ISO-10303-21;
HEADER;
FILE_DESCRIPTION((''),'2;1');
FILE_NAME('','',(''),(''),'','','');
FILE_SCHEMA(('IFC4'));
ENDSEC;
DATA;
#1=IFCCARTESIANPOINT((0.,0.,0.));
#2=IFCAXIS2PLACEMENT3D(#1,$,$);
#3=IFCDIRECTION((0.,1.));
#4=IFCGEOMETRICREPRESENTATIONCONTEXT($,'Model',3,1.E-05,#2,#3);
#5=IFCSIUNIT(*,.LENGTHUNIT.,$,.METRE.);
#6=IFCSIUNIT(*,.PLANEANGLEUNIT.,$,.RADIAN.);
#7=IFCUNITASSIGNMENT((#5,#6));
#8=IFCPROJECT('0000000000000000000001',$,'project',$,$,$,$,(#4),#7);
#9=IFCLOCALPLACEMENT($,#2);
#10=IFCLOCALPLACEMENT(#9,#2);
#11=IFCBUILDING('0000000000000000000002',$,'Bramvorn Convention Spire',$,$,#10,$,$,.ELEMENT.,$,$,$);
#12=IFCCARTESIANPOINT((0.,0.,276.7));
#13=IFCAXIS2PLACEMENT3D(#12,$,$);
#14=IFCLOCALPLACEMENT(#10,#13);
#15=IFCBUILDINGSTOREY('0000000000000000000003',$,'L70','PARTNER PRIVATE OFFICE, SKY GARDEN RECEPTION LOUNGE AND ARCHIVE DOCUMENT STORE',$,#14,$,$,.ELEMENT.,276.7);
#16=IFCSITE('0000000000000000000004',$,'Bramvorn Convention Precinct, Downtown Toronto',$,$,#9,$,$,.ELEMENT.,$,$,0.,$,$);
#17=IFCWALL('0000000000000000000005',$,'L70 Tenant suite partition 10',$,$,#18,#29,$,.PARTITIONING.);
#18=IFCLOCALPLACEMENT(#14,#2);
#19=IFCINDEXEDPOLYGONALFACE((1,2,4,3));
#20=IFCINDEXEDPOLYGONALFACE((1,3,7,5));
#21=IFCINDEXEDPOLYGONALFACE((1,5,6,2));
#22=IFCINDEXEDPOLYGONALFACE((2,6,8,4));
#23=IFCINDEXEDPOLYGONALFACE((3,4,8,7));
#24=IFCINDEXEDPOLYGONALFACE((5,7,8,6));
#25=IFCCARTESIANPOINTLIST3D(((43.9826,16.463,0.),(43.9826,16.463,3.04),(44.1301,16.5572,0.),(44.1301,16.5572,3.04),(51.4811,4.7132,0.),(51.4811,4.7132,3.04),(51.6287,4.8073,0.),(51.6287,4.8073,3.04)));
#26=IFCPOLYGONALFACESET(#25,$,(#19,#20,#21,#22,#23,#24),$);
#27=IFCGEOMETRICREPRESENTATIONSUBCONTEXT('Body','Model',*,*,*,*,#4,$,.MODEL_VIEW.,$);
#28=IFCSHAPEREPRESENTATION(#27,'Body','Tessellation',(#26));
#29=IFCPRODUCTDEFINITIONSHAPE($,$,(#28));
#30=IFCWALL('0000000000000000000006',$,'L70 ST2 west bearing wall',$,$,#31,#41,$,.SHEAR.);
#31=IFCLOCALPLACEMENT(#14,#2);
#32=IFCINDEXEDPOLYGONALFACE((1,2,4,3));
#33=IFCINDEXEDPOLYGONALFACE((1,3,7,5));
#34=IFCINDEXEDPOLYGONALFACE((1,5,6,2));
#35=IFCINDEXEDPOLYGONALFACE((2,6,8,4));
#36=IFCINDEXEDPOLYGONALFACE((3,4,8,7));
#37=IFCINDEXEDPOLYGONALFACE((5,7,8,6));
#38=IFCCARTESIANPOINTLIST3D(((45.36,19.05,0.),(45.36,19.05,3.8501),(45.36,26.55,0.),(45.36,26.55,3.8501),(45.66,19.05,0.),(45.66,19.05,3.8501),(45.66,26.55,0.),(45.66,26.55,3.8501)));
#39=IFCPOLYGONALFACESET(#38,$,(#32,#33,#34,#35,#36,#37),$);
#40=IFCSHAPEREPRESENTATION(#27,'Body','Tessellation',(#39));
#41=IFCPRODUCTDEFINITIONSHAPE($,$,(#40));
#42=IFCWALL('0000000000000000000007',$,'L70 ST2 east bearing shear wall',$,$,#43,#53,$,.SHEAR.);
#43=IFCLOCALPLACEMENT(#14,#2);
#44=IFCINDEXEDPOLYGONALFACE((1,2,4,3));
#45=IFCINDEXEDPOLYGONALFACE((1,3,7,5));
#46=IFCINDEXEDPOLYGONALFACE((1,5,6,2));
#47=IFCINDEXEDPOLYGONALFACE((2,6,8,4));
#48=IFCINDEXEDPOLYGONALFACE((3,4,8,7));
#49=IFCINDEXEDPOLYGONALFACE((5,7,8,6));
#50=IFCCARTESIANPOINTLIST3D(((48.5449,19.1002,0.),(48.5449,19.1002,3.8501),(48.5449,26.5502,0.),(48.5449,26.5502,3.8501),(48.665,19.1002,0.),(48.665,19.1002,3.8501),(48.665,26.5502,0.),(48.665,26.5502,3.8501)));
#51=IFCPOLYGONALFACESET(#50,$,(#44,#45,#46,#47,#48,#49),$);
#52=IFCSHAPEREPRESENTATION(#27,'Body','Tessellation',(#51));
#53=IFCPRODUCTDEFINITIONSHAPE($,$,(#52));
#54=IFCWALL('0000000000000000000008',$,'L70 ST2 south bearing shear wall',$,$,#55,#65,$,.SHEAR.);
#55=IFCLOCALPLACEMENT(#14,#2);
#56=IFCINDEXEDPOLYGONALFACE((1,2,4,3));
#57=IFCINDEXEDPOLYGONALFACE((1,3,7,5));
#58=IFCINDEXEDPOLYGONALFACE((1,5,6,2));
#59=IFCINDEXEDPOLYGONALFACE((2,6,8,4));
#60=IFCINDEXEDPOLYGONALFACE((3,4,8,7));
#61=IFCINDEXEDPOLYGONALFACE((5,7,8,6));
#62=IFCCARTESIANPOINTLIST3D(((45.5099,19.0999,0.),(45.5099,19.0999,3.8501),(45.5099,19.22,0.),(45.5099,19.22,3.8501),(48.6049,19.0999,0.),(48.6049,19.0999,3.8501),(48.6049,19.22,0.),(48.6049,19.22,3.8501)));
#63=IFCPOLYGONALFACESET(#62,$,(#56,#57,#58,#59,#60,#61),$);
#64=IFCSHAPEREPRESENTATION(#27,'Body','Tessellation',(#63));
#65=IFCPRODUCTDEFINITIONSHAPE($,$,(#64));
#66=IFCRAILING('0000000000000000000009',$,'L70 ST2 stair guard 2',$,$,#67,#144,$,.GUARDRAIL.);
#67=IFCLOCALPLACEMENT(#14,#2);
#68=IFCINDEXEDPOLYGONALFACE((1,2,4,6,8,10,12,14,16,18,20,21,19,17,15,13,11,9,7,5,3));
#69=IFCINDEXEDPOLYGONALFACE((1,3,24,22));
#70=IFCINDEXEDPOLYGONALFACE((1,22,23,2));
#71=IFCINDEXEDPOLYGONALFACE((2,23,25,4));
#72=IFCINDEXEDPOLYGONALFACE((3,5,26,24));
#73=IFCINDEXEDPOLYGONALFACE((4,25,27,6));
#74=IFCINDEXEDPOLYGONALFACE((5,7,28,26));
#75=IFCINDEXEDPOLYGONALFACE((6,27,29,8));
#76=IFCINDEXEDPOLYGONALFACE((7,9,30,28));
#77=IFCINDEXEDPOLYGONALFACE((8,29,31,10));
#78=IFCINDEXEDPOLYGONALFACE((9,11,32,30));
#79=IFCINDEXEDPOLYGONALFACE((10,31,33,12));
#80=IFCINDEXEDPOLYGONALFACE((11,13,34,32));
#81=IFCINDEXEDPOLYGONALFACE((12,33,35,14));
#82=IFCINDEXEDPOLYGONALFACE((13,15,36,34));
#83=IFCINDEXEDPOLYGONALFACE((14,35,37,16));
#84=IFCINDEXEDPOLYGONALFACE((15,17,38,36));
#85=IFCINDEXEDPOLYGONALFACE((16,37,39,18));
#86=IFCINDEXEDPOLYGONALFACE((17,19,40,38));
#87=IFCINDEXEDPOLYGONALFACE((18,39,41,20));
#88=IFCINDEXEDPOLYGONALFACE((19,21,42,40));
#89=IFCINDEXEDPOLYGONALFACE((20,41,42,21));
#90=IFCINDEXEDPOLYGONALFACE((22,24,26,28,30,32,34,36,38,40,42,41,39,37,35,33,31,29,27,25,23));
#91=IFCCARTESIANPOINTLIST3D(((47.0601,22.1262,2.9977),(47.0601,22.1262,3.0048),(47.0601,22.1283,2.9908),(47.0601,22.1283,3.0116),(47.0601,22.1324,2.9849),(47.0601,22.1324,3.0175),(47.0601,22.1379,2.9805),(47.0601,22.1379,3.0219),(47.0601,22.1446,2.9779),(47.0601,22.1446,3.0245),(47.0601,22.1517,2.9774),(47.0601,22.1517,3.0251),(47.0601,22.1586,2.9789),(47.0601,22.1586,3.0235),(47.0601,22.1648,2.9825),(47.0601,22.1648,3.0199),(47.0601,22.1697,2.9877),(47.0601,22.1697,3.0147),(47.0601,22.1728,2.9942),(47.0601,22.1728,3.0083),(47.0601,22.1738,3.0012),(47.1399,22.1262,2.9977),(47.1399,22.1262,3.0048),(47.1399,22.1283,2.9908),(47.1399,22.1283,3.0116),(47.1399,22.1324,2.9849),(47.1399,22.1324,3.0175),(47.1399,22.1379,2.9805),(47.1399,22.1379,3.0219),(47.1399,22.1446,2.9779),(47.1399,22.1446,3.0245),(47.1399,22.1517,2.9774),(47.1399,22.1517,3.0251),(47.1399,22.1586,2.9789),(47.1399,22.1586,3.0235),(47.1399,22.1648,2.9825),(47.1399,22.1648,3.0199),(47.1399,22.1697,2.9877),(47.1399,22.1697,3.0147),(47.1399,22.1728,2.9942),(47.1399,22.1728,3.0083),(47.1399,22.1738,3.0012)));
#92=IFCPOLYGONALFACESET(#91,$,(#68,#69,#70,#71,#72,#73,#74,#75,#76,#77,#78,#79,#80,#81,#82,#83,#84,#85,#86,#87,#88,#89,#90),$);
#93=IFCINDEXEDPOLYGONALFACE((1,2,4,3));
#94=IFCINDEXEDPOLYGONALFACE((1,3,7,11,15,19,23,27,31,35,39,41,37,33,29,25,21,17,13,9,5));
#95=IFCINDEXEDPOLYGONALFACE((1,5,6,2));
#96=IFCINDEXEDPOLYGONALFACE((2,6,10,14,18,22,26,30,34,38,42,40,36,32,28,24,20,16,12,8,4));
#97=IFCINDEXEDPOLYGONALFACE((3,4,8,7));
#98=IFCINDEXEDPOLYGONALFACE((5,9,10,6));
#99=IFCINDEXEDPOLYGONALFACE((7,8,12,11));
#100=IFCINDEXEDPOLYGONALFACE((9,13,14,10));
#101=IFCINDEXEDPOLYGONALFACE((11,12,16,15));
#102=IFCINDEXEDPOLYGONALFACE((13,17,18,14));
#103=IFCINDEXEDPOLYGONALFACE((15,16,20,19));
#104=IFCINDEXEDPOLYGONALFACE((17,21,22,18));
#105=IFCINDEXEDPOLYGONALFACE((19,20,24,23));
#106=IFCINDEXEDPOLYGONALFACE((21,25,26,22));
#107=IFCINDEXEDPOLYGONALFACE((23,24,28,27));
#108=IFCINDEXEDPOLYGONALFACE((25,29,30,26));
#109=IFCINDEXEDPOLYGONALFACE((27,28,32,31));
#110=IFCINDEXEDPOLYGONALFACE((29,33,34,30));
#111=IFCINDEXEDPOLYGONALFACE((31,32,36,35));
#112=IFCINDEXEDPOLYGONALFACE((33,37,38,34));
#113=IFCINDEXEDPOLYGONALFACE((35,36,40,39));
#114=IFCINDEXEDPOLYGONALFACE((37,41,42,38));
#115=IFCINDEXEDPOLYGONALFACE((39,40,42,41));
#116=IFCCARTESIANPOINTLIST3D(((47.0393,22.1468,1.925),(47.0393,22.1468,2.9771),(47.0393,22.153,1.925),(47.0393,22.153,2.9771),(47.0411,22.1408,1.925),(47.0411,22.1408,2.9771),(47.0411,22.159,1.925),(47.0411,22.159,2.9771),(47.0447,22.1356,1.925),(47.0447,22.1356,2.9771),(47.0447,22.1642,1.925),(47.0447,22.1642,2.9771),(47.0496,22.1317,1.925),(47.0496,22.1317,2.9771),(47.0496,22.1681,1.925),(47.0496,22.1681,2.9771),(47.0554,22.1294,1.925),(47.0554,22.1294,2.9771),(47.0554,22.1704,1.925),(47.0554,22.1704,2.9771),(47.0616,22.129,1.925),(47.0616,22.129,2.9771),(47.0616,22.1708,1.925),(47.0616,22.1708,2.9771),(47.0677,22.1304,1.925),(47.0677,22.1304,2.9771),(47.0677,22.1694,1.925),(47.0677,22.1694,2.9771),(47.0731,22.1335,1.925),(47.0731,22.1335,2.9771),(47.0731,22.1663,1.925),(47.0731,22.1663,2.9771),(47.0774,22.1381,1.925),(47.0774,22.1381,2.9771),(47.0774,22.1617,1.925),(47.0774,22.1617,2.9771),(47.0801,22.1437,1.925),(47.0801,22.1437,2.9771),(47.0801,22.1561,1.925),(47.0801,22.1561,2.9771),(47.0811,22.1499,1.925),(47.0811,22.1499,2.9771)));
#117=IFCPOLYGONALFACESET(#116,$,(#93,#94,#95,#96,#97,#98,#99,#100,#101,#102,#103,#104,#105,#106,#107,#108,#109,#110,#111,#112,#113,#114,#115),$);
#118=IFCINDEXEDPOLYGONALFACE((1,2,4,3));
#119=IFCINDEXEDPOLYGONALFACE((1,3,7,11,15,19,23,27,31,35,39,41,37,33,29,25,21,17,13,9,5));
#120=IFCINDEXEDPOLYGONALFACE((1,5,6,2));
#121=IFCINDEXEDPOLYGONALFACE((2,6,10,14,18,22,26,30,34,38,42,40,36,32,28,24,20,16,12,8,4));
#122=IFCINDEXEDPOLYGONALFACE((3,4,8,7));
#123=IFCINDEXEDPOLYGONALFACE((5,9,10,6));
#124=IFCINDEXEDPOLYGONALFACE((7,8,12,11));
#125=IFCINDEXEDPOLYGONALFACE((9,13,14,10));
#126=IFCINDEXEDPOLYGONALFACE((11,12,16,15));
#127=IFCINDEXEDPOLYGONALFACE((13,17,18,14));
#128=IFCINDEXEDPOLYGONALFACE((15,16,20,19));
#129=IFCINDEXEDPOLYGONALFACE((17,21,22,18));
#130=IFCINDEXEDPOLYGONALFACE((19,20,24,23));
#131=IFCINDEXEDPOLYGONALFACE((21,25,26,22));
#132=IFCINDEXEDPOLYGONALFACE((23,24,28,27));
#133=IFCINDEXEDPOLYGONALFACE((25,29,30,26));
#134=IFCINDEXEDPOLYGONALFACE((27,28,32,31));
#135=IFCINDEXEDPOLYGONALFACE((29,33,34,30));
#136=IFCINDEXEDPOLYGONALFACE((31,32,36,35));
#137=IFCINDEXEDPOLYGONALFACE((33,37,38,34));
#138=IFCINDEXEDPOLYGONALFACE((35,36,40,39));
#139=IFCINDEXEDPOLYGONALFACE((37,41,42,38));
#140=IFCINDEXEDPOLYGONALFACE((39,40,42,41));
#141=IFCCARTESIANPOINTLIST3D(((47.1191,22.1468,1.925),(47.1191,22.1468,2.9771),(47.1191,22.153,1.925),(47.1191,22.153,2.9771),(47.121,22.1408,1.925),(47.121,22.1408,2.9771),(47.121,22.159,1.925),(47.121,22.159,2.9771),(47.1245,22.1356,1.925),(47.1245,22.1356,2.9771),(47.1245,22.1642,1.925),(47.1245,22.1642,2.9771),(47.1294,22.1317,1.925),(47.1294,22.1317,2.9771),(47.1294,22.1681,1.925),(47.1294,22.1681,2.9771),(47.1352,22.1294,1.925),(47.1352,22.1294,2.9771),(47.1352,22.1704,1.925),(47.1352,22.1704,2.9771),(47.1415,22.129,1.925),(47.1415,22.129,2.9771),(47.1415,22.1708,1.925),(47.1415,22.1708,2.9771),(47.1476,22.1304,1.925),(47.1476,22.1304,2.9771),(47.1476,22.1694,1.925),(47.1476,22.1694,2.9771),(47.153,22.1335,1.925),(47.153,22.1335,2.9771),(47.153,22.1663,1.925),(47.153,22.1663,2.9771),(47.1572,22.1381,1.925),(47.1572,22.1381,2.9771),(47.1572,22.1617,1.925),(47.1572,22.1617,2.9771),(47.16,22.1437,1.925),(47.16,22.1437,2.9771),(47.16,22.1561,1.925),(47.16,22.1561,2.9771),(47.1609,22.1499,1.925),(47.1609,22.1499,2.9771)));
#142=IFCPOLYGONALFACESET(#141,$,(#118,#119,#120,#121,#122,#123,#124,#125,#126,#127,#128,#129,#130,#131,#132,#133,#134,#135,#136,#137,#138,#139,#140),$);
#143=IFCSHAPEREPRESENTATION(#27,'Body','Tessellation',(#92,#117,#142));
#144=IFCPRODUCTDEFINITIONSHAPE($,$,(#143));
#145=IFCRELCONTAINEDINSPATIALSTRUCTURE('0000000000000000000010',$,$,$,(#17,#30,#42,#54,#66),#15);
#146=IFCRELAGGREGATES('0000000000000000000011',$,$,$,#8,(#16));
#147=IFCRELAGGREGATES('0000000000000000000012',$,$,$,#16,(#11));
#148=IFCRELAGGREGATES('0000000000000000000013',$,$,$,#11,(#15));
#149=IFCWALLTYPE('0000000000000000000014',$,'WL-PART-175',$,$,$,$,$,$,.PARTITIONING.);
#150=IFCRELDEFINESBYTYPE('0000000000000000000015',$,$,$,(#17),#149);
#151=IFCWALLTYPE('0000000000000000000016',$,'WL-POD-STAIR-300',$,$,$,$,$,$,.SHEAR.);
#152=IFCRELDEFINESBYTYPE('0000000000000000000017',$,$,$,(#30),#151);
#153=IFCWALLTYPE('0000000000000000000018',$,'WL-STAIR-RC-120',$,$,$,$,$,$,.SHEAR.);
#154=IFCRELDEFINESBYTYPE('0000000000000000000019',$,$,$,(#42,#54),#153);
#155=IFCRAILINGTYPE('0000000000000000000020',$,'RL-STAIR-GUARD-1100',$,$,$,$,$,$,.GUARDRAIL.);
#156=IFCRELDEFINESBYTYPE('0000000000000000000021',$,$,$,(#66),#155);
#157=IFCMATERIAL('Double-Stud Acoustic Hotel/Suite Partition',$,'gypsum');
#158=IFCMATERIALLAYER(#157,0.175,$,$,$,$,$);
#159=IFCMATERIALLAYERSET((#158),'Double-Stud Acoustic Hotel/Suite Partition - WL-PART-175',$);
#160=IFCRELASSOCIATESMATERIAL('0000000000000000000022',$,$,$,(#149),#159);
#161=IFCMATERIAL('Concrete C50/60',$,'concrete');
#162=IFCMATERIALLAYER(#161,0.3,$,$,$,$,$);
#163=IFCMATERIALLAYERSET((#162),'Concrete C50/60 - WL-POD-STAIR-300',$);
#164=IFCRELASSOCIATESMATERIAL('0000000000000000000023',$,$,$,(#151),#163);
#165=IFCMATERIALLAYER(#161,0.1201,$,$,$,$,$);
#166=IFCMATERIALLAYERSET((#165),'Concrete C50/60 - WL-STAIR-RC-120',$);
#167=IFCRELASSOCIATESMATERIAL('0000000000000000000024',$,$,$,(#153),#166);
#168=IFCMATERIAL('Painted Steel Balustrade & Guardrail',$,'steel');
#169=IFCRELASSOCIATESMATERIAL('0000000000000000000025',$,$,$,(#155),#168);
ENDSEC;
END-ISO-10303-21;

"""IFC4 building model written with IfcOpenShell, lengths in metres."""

from ifc_helpers import new_model, si_unit, direction, frame, frame_2d, origin, origin_2d, place, context, subcontext, project, spatial, rectangle, circle, extrude, material, layer, layer_set, type_object, element, save


model = new_model("IFC4")

# Units and contexts
model_context = context("Model", 3, precision=1e-05, world=origin(), true_north=direction((0.0, 1.0)))
body_context = subcontext(model_context, "Body", "Model", "MODEL_VIEW")
ifc_project = project(units=[si_unit("LENGTHUNIT", "METRE"), si_unit("PLANEANGLEUNIT", "RADIAN")], contexts=[model_context])

# Site, building, storey
site_placement = place(None, origin())
site = spatial("IfcSite", under=ifc_project, at=site_placement, Name="Bramvorn Convention Precinct, Downtown Toronto", CompositionType="ELEMENT", RefElevation=0.0)
building_placement = place(site_placement, origin())
building = spatial("IfcBuilding", under=site, at=building_placement, Name="Bramvorn Convention Spire", CompositionType="ELEMENT")
storey_placement = place(building_placement, frame((0.0, 0.0, 276.7)))
storey = spatial("IfcBuildingStorey", under=building, at=storey_placement, Name="L70", Description="PARTNER PRIVATE OFFICE, SKY GARDEN RECEPTION LOUNGE AND ARCHIVE DOCUMENT STORE", CompositionType="ELEMENT", Elevation=276.7)

# Shared definitions
ifc_material_1 = material(Name="Concrete C50/60", Category="concrete")

# Walls
ifc_material_2 = material(Name="Double-Stud Acoustic Hotel/Suite Partition", Category="gypsum")
ifc_layer_1 = layer(ifc_material_2, 0.175)
ifc_layer_set_1 = layer_set([ifc_layer_1], Name="Double-Stud Acoustic Hotel/Suite Partition - WL-PART-175")
wall_type_1 = type_object("IfcWallType", Name="WL-PART-175", PredefinedType="PARTITIONING", material=ifc_layer_set_1)
wall_1_placement = place(storey_placement, frame((44.0564, 16.51, 0.0), z_axis=(0.0, 0.0, 1.0), x_axis=(0.537969, -0.842965, 0.0)))
element("IfcWall", 1, at=wall_1_placement, inside=storey, type_object=wall_type_1, Name="L70 Tenant suite partition 10", PredefinedType="PARTITIONING", context=body_context, shape_type="SweptSolid", body=[
    extrude(rectangle(XDim=13.9387, YDim=0.175, at=frame_2d((6.9692, 0.0))), origin(), (0.0, 0.0, 1.0), 3.04),
])
ifc_layer_2 = layer(ifc_material_1, 0.3)
ifc_layer_set_2 = layer_set([ifc_layer_2], Name="Concrete C50/60 - WL-POD-STAIR-300")
wall_type_2 = type_object("IfcWallType", Name="WL-POD-STAIR-300", PredefinedType="SHEAR", material=ifc_layer_set_2)
wall_2_placement = place(storey_placement, frame((45.51, 19.05, 0.0), z_axis=(0.0, 0.0, 1.0), x_axis=(0.0, 1.0, 0.0)))
element("IfcWall", 2, at=wall_2_placement, inside=storey, type_object=wall_type_2, Name="L70 ST2 west bearing wall", PredefinedType="SHEAR", context=body_context, shape_type="SweptSolid", body=[
    extrude(rectangle(XDim=7.5, YDim=0.3, at=frame_2d((3.75, 0.0))), origin(), (0.0, 0.0, 1.0), 3.8501),
])
ifc_layer_3 = layer(ifc_material_1, 0.1201)
ifc_layer_set_3 = layer_set([ifc_layer_3], Name="Concrete C50/60 - WL-STAIR-RC-120")
wall_type_3 = type_object("IfcWallType", Name="WL-STAIR-RC-120", PredefinedType="SHEAR", material=ifc_layer_set_3)
wall_3_placement = place(storey_placement, frame((48.605, 19.1001, 0.0), z_axis=(0.0, 0.0, 1.0), x_axis=(0.0, 1.0, 0.0)))
element("IfcWall", 3, at=wall_3_placement, inside=storey, type_object=wall_type_3, Name="L70 ST2 east bearing shear wall", PredefinedType="SHEAR", context=body_context, shape_type="SweptSolid", body=[
    extrude(rectangle(XDim=7.45, YDim=0.1201, at=frame_2d((3.7251, 0.0))), origin(), (0.0, 0.0, 1.0), 3.8501),
])
wall_4_placement = place(storey_placement, frame((45.51, 19.1599, 0.0), z_axis=(0.0, 0.0, 1.0), x_axis=(1.0, 0.0, 0.0)))
element("IfcWall", 4, at=wall_4_placement, inside=storey, type_object=wall_type_3, Name="L70 ST2 south bearing shear wall", PredefinedType="SHEAR", context=body_context, shape_type="SweptSolid", body=[
    extrude(rectangle(XDim=3.095, YDim=0.1201, at=frame_2d((1.5474, 0.0))), origin(), (0.0, 0.0, 1.0), 3.8501),
])

# Railing
ifc_material_3 = material(Name="Painted Steel Balustrade & Guardrail", Category="steel")
railing_type = type_object("IfcRailingType", Name="RL-STAIR-GUARD-1100", PredefinedType="GUARDRAIL", material=ifc_material_3)
railing_1_placement = place(storey_placement, frame((47.0601, 22.1499, 1.925)))
element("IfcRailing", 5, at=railing_1_placement, inside=storey, type_object=railing_type, Name="L70 ST2 stair guard 2", PredefinedType="GUARDRAIL", context=body_context, shape_type="SweptSolid", body=[
    extrude(circle(Radius=0.0239, at=origin_2d()), frame((0.0, 0.0, 1.0762), z_axis=(1.0, 0.0, 0.0), x_axis=(0.0, 1.0, 0.0)), (0.0, 0.0, 1.0), 0.0798),
    extrude(circle(Radius=0.021, at=origin_2d()), origin(), (0.0, 0.0, 1.0), 1.052),
    extrude(circle(Radius=0.021, at=origin_2d()), frame((0.0798, 0.0, 0.0)), (0.0, 0.0, 1.0), 1.052),
])

save(model, "model.ifc")
